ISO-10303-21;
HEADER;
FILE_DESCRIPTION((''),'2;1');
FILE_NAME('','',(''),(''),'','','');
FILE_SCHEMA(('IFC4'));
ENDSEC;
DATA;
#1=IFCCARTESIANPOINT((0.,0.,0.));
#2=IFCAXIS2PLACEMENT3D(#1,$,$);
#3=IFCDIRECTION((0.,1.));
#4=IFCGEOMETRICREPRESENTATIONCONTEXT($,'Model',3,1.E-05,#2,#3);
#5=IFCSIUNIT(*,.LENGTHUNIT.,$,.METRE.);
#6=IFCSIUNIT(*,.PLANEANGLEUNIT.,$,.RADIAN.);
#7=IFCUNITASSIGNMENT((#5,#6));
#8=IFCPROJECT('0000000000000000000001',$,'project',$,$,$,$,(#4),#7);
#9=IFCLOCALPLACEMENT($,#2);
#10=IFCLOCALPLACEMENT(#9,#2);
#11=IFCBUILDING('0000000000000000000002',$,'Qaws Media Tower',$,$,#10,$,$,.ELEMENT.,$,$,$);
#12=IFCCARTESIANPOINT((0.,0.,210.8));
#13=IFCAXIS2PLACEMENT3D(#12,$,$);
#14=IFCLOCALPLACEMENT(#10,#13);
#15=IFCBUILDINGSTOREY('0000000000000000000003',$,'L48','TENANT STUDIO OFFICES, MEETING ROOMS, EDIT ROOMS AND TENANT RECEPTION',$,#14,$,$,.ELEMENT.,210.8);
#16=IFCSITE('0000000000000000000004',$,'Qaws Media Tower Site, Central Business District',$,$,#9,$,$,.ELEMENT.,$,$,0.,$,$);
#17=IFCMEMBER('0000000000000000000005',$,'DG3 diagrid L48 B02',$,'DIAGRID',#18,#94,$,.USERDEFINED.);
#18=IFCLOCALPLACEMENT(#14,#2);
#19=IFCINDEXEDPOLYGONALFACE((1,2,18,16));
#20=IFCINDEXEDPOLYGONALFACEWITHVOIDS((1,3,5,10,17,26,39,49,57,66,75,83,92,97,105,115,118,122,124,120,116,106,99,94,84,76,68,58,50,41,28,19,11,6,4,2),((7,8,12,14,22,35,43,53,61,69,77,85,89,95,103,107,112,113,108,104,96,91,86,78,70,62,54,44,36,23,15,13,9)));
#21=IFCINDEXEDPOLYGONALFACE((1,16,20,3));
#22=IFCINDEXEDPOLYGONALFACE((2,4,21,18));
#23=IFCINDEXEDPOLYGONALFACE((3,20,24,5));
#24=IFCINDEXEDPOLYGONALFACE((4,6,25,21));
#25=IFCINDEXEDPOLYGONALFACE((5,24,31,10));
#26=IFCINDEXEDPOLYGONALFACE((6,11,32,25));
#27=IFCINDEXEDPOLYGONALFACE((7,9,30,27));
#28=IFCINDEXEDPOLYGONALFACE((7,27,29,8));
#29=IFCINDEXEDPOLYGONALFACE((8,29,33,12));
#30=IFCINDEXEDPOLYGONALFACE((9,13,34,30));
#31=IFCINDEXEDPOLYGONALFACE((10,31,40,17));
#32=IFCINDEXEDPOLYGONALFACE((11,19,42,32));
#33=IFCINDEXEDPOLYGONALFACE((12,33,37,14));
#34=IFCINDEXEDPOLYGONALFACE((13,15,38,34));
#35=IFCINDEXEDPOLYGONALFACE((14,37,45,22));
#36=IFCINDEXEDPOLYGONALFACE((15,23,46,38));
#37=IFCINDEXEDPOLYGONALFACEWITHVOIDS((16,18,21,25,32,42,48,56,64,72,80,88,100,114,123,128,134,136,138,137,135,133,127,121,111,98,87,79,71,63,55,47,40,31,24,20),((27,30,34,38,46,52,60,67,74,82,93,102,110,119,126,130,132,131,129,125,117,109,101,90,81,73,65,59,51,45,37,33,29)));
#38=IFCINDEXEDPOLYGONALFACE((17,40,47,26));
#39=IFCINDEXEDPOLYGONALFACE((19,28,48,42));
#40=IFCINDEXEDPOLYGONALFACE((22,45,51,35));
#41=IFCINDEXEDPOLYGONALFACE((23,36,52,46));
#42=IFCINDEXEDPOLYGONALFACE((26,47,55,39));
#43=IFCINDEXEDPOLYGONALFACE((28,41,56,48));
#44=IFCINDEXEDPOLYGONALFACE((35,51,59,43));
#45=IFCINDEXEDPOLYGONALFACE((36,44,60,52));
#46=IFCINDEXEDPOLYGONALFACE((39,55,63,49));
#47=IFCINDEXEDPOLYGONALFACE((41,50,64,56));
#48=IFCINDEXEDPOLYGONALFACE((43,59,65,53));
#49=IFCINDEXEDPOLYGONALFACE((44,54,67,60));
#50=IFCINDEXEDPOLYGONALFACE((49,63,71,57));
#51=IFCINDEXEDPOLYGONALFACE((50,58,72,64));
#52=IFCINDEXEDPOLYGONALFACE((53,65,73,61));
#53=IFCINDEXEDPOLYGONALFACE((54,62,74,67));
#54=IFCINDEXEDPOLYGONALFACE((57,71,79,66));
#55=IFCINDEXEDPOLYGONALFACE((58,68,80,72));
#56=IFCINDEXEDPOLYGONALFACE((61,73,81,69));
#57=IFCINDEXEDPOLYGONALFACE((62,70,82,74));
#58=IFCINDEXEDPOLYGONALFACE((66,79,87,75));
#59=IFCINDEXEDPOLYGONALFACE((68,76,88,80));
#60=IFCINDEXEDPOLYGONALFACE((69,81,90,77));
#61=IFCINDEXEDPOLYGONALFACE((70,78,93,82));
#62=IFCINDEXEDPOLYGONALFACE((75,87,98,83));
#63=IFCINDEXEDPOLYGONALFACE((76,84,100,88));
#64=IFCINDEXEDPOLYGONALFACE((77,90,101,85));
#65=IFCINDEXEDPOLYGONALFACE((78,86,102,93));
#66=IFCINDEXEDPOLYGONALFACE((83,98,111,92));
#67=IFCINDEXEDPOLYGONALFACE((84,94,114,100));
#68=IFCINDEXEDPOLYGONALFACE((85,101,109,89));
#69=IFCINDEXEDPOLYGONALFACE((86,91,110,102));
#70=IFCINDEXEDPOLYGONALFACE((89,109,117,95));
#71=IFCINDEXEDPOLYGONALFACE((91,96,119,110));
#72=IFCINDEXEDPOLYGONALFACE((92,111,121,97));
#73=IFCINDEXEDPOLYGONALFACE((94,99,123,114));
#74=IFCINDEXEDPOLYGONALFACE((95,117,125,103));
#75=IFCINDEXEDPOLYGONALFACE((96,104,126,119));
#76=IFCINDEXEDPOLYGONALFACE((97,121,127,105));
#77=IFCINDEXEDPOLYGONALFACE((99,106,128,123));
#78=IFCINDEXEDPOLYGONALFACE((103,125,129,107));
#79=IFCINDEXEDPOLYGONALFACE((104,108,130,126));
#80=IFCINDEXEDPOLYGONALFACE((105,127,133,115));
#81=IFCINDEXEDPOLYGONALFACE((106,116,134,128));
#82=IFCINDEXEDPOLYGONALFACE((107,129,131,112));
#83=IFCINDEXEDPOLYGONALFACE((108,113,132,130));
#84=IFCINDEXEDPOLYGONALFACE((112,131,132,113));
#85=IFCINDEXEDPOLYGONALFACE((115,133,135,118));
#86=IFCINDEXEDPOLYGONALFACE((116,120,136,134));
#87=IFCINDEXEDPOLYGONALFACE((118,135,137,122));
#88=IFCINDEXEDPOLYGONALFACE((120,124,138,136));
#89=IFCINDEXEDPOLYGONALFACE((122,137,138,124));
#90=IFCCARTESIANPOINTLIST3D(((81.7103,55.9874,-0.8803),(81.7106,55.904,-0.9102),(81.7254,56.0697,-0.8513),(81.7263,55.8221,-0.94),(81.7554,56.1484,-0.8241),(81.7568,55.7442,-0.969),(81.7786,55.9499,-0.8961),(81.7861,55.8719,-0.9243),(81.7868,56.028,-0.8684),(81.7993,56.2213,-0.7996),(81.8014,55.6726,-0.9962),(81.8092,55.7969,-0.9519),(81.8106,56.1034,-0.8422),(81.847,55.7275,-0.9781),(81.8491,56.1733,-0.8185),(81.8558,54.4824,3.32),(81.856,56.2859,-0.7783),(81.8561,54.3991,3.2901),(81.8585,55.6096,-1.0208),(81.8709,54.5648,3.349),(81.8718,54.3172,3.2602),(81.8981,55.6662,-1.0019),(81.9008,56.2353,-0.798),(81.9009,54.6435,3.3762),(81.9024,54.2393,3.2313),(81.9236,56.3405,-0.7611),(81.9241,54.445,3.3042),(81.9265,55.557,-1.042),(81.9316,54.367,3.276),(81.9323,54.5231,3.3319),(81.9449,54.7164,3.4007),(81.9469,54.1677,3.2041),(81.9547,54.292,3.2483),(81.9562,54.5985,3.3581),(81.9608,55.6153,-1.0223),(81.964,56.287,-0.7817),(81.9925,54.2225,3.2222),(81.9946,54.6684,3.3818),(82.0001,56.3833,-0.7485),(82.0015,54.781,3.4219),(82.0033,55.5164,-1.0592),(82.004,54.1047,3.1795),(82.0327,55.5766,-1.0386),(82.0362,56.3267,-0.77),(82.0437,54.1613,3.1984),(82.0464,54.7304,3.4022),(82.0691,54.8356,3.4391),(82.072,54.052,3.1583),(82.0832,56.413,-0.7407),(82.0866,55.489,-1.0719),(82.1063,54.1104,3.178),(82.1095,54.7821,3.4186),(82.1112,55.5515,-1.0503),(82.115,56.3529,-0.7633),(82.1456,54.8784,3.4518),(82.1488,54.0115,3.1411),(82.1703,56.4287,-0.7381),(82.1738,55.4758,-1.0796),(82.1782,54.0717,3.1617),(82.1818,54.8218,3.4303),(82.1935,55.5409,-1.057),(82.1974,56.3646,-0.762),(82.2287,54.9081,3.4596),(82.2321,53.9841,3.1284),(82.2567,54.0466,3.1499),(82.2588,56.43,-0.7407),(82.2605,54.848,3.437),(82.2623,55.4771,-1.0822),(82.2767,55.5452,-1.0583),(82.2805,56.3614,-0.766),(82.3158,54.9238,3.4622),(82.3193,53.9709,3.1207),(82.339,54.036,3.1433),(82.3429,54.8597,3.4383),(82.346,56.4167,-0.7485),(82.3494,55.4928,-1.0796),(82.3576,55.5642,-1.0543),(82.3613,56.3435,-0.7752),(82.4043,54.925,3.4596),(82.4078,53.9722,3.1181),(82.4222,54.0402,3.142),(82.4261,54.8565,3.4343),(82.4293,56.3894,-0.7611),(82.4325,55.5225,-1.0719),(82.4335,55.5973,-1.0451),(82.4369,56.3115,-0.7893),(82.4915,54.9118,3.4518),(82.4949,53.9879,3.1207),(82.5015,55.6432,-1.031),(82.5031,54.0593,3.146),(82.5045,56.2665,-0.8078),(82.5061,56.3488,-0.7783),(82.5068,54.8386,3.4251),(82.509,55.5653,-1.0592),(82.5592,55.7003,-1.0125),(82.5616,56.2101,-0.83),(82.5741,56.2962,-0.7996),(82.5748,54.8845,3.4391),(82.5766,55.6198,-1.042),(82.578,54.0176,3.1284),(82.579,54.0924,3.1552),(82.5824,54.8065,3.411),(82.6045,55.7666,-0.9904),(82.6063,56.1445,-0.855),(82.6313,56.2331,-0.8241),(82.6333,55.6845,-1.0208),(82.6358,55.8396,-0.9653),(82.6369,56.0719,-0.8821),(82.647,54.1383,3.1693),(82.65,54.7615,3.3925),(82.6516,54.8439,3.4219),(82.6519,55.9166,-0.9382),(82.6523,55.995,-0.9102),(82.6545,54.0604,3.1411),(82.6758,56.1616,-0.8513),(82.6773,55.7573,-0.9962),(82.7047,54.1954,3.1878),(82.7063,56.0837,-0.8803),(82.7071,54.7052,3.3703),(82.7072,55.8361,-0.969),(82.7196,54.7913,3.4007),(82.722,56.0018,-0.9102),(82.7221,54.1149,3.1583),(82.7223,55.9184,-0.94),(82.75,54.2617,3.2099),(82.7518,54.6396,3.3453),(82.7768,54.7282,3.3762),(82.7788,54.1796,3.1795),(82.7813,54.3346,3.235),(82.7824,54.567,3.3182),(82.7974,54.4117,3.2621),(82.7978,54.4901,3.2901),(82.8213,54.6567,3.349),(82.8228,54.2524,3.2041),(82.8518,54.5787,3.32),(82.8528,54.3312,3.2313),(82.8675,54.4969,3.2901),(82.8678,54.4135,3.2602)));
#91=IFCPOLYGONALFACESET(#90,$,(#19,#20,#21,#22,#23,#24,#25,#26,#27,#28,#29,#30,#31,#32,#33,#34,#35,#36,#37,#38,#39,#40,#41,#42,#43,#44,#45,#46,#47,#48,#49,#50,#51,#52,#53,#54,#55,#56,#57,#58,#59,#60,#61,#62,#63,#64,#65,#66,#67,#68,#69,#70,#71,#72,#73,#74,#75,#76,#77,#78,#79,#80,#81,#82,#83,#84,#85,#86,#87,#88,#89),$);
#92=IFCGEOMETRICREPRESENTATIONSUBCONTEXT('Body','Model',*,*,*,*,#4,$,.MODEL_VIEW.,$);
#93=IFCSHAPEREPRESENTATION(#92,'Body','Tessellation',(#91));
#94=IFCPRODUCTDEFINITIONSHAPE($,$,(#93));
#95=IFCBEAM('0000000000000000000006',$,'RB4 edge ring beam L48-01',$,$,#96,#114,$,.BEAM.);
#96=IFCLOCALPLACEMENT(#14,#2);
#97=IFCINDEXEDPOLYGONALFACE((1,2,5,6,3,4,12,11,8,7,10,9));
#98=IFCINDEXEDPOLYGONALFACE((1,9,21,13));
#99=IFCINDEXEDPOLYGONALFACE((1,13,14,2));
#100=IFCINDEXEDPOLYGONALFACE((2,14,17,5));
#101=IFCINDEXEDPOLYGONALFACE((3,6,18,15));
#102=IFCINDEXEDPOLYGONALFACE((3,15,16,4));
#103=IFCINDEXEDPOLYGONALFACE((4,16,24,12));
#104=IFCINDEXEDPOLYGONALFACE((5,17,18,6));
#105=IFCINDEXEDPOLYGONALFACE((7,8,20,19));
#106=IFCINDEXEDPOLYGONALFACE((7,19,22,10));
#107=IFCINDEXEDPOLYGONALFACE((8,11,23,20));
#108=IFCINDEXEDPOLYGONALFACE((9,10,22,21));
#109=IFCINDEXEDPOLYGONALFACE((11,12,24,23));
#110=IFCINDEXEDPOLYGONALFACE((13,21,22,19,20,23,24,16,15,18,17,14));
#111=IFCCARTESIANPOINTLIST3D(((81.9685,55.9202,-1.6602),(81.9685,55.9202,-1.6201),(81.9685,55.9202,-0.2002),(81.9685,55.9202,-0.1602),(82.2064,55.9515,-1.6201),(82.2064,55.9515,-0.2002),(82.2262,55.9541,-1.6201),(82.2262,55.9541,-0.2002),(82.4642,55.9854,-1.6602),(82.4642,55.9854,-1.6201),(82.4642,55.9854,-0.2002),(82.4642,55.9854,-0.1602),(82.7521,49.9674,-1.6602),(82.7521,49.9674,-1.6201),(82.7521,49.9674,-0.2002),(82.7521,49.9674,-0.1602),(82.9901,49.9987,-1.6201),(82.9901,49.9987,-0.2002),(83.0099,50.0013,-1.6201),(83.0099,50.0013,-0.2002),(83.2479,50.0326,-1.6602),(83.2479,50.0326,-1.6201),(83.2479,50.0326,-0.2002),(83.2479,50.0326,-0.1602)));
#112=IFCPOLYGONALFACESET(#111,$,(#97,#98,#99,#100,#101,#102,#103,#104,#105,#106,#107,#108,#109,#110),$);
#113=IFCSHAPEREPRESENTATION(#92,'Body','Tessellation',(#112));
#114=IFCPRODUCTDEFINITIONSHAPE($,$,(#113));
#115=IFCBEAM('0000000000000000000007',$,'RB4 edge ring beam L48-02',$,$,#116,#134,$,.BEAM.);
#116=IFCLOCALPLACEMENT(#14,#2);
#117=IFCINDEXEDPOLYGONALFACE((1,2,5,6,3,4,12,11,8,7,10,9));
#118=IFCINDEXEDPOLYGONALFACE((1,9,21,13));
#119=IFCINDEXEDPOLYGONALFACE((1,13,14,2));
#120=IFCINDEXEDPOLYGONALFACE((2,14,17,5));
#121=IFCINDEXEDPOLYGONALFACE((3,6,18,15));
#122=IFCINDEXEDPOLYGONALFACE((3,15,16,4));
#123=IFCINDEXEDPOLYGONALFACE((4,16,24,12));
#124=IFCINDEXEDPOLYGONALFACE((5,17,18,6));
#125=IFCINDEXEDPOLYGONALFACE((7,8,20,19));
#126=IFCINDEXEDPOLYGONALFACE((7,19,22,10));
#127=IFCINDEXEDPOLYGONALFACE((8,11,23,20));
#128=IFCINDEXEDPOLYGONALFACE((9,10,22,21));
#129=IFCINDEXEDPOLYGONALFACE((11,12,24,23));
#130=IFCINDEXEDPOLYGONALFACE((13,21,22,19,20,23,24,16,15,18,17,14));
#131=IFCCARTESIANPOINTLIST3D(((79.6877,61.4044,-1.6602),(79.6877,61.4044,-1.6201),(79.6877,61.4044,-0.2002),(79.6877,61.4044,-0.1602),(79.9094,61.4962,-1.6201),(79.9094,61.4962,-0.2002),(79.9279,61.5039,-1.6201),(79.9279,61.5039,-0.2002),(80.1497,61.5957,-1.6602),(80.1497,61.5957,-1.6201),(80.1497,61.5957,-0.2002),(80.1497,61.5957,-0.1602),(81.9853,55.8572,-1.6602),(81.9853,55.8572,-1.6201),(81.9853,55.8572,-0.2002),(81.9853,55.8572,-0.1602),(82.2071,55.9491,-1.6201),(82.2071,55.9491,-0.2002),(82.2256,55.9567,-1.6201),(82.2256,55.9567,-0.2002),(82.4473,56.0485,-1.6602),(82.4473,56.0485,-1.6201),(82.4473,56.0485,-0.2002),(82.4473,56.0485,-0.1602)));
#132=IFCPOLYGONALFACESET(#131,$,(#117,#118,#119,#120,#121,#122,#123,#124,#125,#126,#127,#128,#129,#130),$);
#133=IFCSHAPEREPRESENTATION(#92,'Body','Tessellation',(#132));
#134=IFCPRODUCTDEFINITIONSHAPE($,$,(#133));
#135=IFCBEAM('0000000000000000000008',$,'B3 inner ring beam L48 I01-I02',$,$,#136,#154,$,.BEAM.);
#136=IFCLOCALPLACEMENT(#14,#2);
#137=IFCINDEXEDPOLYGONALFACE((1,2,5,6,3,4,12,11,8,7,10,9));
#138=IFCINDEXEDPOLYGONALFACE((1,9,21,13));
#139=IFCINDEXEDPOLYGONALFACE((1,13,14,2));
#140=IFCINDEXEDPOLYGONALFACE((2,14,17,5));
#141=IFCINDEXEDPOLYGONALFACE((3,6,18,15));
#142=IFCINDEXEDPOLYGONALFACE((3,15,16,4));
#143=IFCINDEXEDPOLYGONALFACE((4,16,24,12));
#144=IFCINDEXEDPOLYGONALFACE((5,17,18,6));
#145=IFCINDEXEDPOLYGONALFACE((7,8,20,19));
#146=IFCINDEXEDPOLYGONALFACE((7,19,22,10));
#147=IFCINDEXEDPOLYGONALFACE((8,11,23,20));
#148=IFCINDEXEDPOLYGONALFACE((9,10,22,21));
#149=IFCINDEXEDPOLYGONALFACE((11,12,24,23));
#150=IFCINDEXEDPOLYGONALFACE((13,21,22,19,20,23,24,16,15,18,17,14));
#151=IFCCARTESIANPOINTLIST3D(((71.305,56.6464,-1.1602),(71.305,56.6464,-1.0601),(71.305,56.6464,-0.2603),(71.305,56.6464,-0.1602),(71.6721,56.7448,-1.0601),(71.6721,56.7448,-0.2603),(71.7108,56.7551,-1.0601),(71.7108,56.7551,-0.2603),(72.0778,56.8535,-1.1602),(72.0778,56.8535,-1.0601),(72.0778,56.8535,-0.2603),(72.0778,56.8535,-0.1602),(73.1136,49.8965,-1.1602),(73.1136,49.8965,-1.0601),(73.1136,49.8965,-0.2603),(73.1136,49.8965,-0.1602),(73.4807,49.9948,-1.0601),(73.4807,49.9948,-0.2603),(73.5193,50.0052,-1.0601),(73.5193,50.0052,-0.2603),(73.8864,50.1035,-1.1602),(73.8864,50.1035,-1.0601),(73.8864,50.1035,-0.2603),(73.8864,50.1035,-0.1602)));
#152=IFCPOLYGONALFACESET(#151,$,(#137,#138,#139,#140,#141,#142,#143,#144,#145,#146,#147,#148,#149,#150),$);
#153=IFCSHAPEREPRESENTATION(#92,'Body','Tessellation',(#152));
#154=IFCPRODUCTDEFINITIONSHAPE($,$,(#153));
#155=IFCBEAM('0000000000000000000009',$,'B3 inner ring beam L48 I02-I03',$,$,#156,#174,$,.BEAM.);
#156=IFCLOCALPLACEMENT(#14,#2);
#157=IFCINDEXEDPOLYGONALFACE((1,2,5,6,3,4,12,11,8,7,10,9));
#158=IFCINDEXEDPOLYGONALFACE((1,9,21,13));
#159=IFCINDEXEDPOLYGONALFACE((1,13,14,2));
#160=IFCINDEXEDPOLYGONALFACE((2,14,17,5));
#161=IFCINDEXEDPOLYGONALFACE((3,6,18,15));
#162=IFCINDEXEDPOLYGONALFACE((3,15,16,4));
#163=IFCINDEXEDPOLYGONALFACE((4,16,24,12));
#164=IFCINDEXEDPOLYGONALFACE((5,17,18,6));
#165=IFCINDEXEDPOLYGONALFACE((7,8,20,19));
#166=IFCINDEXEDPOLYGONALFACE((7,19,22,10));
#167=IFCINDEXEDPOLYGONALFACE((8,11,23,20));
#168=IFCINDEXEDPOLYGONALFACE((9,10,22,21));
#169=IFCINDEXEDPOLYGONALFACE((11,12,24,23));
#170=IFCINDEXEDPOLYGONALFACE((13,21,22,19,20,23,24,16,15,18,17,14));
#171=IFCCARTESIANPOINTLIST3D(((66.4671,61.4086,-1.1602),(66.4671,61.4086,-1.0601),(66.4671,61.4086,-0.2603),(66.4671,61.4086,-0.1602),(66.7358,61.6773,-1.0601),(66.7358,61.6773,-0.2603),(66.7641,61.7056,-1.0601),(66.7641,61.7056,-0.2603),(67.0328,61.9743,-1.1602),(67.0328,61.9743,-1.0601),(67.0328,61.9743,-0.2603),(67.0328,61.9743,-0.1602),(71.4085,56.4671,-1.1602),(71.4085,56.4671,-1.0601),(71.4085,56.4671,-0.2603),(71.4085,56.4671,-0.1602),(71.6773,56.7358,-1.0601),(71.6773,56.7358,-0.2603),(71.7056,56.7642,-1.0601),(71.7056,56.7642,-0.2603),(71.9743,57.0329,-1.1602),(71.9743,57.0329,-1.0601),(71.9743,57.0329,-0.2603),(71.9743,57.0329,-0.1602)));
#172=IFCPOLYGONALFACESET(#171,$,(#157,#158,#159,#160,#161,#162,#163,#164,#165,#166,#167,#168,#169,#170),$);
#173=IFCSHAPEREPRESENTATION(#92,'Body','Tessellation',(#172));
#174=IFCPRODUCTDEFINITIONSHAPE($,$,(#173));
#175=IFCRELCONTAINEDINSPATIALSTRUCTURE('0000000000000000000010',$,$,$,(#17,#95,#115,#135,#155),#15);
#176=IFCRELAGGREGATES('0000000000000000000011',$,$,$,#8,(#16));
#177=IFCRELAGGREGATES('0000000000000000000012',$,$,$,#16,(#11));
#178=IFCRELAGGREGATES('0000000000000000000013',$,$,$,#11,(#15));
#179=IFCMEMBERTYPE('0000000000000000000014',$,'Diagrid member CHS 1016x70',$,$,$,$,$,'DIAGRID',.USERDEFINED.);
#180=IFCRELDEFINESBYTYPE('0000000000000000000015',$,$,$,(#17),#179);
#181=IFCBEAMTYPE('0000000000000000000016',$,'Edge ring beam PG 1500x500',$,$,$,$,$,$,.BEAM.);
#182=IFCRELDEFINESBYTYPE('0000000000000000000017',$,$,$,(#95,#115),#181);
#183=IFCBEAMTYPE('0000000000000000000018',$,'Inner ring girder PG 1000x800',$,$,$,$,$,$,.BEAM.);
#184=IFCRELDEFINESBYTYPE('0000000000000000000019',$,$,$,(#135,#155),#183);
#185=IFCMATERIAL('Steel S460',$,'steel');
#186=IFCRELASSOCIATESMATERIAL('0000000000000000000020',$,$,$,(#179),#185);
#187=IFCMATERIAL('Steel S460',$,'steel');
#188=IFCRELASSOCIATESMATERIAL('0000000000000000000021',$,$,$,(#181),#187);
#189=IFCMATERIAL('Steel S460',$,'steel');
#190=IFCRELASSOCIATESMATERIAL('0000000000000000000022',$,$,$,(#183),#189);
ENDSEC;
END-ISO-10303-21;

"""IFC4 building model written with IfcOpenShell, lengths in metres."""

from ifc_helpers import new_model, si_unit, direction, frame, origin, origin_2d, place, context, subcontext, project, spatial, hollow_circle, i_section, extrude, material, material_profile, profile_set, type_object, element, save


model = new_model("IFC4")

# Units and contexts
model_context = context("Model", 3, precision=1e-05, world=origin(), true_north=direction((0.0, 1.0)))
body_context = subcontext(model_context, "Body", "Model", "MODEL_VIEW")
ifc_project = project(units=[si_unit("LENGTHUNIT", "METRE"), si_unit("PLANEANGLEUNIT", "RADIAN")], contexts=[model_context])

# Site, building, storey
site_placement = place(None, origin())
site = spatial("IfcSite", under=ifc_project, at=site_placement, Name="Qaws Media Tower Site, Central Business District", CompositionType="ELEMENT", RefElevation=0.0)
building_placement = place(site_placement, origin())
building = spatial("IfcBuilding", under=site, at=building_placement, Name="Qaws Media Tower", CompositionType="ELEMENT")
storey_placement = place(building_placement, frame((0.0, 0.0, 210.8)))
storey = spatial("IfcBuildingStorey", under=building, at=storey_placement, Name="L48", Description="TENANT STUDIO OFFICES, MEETING ROOMS, EDIT ROOMS AND TENANT RECEPTION", CompositionType="ELEMENT", Elevation=210.8)

# Member
ifc_material_1 = material(Name="Steel S460", Category="steel")
ifc_material_profile_1 = material_profile(ifc_material_1, hollow_circle(Radius=0.5081, WallThickness=0.0701, at=origin_2d()), Name="CHS 1016x70")
ifc_profile_set_1 = profile_set([ifc_material_profile_1], Name="Steel S460")
member_type_1 = type_object("IfcMemberType", Name="Diagrid member CHS 1016x70", ElementType="DIAGRID", PredefinedType="USERDEFINED", material=ifc_profile_set_1)
member_1_placement = place(storey_placement, frame((82.2163, 55.9529, -0.9102), z_axis=(0.032596, -0.337114, 0.940899), x_axis=(0.995358, 0.096242, 0.0)))
element("IfcMember", 1, at=member_1_placement, inside=storey, type_object=member_type_1, Name="DG3 diagrid L48 B02", ObjectType="DIAGRID", PredefinedType="USERDEFINED", context=body_context, shape_type="SweptSolid", body=[
    extrude(hollow_circle(Radius=0.5081, WallThickness=0.0701, at=origin_2d()), origin(), (0.0, 0.0, 1.0), 4.4641),
])

# Beams
ifc_material_2 = material(Name="Steel S460", Category="steel")
ifc_material_profile_2 = material_profile(ifc_material_2, i_section(OverallWidth=0.5, OverallDepth=1.5, WebThickness=0.02, FlangeThickness=0.04, at=origin_2d()), Name="PG 1500x500")
ifc_profile_set_2 = profile_set([ifc_material_profile_2], Name="Steel S460")
beam_type_1 = type_object("IfcBeamType", Name="Edge ring beam PG 1500x500", PredefinedType="BEAM", material=ifc_profile_set_2)
for number, where, z_axis, x_axis, name in (
    (2, (83.0, 50.0, -0.9102), (-0.130523, 0.991445, 0.0), (-0.991445, -0.130523, 0.0), "RB4 edge ring beam L48-01"),
    (3, (82.2163, 55.9529, -0.9102), (-0.382671, 0.923885, 0.0), (-0.923885, -0.382671, 0.0), "RB4 edge ring beam L48-02"),
):
    element("IfcBeam", number, at=place(storey_placement, frame(where, z_axis=z_axis, x_axis=x_axis)), inside=storey, type_object=beam_type_1, Name=name, PredefinedType="BEAM", context=body_context, shape_type="SweptSolid", body=[
        extrude(i_section(OverallWidth=0.5, OverallDepth=1.5, WebThickness=0.02, FlangeThickness=0.04, at=origin_2d()), origin(), (0.0, 0.0, 1.0), 6.0042),
    ])
ifc_material_3 = material(Name="Steel S460", Category="steel")
ifc_material_profile_3 = material_profile(ifc_material_3, i_section(OverallWidth=0.8, OverallDepth=1.0, WebThickness=0.04, FlangeThickness=0.1001, at=origin_2d()), Name="PG 1000x800")
ifc_profile_set_3 = profile_set([ifc_material_profile_3], Name="Steel S460")
beam_type_2 = type_object("IfcBeamType", Name="Inner ring girder PG 1000x800", PredefinedType="BEAM", material=ifc_profile_set_3)
beam_1_placement = place(storey_placement, frame((73.5, 50.0, -0.6602), z_axis=(-0.258811, 0.965928, 0.0), x_axis=(-0.965928, -0.258811, 0.0)))
element("IfcBeam", 4, at=beam_1_placement, inside=storey, type_object=beam_type_2, Name="B3 inner ring beam L48 I01-I02", PredefinedType="BEAM", context=body_context, shape_type="SweptSolid", body=[
    extrude(i_section(OverallWidth=0.8, OverallDepth=1.0, WebThickness=0.04, FlangeThickness=0.1001, at=origin_2d()), origin(), (0.0, 0.0, 1.0), 6.988),
])
beam_2_placement = place(storey_placement, frame((71.6914, 56.75, -0.6602), z_axis=(-0.707107, 0.707107, 0.0), x_axis=(-0.707107, -0.707107, 0.0)))
element("IfcBeam", 5, at=beam_2_placement, inside=storey, type_object=beam_type_2, Name="B3 inner ring beam L48 I02-I03", PredefinedType="BEAM", context=body_context, shape_type="SweptSolid", body=[
    extrude(i_section(OverallWidth=0.8, OverallDepth=1.0, WebThickness=0.04, FlangeThickness=0.1001, at=origin_2d()), origin(), (0.0, 0.0, 1.0), 6.9883),
])

save(model, "model.ifc")
